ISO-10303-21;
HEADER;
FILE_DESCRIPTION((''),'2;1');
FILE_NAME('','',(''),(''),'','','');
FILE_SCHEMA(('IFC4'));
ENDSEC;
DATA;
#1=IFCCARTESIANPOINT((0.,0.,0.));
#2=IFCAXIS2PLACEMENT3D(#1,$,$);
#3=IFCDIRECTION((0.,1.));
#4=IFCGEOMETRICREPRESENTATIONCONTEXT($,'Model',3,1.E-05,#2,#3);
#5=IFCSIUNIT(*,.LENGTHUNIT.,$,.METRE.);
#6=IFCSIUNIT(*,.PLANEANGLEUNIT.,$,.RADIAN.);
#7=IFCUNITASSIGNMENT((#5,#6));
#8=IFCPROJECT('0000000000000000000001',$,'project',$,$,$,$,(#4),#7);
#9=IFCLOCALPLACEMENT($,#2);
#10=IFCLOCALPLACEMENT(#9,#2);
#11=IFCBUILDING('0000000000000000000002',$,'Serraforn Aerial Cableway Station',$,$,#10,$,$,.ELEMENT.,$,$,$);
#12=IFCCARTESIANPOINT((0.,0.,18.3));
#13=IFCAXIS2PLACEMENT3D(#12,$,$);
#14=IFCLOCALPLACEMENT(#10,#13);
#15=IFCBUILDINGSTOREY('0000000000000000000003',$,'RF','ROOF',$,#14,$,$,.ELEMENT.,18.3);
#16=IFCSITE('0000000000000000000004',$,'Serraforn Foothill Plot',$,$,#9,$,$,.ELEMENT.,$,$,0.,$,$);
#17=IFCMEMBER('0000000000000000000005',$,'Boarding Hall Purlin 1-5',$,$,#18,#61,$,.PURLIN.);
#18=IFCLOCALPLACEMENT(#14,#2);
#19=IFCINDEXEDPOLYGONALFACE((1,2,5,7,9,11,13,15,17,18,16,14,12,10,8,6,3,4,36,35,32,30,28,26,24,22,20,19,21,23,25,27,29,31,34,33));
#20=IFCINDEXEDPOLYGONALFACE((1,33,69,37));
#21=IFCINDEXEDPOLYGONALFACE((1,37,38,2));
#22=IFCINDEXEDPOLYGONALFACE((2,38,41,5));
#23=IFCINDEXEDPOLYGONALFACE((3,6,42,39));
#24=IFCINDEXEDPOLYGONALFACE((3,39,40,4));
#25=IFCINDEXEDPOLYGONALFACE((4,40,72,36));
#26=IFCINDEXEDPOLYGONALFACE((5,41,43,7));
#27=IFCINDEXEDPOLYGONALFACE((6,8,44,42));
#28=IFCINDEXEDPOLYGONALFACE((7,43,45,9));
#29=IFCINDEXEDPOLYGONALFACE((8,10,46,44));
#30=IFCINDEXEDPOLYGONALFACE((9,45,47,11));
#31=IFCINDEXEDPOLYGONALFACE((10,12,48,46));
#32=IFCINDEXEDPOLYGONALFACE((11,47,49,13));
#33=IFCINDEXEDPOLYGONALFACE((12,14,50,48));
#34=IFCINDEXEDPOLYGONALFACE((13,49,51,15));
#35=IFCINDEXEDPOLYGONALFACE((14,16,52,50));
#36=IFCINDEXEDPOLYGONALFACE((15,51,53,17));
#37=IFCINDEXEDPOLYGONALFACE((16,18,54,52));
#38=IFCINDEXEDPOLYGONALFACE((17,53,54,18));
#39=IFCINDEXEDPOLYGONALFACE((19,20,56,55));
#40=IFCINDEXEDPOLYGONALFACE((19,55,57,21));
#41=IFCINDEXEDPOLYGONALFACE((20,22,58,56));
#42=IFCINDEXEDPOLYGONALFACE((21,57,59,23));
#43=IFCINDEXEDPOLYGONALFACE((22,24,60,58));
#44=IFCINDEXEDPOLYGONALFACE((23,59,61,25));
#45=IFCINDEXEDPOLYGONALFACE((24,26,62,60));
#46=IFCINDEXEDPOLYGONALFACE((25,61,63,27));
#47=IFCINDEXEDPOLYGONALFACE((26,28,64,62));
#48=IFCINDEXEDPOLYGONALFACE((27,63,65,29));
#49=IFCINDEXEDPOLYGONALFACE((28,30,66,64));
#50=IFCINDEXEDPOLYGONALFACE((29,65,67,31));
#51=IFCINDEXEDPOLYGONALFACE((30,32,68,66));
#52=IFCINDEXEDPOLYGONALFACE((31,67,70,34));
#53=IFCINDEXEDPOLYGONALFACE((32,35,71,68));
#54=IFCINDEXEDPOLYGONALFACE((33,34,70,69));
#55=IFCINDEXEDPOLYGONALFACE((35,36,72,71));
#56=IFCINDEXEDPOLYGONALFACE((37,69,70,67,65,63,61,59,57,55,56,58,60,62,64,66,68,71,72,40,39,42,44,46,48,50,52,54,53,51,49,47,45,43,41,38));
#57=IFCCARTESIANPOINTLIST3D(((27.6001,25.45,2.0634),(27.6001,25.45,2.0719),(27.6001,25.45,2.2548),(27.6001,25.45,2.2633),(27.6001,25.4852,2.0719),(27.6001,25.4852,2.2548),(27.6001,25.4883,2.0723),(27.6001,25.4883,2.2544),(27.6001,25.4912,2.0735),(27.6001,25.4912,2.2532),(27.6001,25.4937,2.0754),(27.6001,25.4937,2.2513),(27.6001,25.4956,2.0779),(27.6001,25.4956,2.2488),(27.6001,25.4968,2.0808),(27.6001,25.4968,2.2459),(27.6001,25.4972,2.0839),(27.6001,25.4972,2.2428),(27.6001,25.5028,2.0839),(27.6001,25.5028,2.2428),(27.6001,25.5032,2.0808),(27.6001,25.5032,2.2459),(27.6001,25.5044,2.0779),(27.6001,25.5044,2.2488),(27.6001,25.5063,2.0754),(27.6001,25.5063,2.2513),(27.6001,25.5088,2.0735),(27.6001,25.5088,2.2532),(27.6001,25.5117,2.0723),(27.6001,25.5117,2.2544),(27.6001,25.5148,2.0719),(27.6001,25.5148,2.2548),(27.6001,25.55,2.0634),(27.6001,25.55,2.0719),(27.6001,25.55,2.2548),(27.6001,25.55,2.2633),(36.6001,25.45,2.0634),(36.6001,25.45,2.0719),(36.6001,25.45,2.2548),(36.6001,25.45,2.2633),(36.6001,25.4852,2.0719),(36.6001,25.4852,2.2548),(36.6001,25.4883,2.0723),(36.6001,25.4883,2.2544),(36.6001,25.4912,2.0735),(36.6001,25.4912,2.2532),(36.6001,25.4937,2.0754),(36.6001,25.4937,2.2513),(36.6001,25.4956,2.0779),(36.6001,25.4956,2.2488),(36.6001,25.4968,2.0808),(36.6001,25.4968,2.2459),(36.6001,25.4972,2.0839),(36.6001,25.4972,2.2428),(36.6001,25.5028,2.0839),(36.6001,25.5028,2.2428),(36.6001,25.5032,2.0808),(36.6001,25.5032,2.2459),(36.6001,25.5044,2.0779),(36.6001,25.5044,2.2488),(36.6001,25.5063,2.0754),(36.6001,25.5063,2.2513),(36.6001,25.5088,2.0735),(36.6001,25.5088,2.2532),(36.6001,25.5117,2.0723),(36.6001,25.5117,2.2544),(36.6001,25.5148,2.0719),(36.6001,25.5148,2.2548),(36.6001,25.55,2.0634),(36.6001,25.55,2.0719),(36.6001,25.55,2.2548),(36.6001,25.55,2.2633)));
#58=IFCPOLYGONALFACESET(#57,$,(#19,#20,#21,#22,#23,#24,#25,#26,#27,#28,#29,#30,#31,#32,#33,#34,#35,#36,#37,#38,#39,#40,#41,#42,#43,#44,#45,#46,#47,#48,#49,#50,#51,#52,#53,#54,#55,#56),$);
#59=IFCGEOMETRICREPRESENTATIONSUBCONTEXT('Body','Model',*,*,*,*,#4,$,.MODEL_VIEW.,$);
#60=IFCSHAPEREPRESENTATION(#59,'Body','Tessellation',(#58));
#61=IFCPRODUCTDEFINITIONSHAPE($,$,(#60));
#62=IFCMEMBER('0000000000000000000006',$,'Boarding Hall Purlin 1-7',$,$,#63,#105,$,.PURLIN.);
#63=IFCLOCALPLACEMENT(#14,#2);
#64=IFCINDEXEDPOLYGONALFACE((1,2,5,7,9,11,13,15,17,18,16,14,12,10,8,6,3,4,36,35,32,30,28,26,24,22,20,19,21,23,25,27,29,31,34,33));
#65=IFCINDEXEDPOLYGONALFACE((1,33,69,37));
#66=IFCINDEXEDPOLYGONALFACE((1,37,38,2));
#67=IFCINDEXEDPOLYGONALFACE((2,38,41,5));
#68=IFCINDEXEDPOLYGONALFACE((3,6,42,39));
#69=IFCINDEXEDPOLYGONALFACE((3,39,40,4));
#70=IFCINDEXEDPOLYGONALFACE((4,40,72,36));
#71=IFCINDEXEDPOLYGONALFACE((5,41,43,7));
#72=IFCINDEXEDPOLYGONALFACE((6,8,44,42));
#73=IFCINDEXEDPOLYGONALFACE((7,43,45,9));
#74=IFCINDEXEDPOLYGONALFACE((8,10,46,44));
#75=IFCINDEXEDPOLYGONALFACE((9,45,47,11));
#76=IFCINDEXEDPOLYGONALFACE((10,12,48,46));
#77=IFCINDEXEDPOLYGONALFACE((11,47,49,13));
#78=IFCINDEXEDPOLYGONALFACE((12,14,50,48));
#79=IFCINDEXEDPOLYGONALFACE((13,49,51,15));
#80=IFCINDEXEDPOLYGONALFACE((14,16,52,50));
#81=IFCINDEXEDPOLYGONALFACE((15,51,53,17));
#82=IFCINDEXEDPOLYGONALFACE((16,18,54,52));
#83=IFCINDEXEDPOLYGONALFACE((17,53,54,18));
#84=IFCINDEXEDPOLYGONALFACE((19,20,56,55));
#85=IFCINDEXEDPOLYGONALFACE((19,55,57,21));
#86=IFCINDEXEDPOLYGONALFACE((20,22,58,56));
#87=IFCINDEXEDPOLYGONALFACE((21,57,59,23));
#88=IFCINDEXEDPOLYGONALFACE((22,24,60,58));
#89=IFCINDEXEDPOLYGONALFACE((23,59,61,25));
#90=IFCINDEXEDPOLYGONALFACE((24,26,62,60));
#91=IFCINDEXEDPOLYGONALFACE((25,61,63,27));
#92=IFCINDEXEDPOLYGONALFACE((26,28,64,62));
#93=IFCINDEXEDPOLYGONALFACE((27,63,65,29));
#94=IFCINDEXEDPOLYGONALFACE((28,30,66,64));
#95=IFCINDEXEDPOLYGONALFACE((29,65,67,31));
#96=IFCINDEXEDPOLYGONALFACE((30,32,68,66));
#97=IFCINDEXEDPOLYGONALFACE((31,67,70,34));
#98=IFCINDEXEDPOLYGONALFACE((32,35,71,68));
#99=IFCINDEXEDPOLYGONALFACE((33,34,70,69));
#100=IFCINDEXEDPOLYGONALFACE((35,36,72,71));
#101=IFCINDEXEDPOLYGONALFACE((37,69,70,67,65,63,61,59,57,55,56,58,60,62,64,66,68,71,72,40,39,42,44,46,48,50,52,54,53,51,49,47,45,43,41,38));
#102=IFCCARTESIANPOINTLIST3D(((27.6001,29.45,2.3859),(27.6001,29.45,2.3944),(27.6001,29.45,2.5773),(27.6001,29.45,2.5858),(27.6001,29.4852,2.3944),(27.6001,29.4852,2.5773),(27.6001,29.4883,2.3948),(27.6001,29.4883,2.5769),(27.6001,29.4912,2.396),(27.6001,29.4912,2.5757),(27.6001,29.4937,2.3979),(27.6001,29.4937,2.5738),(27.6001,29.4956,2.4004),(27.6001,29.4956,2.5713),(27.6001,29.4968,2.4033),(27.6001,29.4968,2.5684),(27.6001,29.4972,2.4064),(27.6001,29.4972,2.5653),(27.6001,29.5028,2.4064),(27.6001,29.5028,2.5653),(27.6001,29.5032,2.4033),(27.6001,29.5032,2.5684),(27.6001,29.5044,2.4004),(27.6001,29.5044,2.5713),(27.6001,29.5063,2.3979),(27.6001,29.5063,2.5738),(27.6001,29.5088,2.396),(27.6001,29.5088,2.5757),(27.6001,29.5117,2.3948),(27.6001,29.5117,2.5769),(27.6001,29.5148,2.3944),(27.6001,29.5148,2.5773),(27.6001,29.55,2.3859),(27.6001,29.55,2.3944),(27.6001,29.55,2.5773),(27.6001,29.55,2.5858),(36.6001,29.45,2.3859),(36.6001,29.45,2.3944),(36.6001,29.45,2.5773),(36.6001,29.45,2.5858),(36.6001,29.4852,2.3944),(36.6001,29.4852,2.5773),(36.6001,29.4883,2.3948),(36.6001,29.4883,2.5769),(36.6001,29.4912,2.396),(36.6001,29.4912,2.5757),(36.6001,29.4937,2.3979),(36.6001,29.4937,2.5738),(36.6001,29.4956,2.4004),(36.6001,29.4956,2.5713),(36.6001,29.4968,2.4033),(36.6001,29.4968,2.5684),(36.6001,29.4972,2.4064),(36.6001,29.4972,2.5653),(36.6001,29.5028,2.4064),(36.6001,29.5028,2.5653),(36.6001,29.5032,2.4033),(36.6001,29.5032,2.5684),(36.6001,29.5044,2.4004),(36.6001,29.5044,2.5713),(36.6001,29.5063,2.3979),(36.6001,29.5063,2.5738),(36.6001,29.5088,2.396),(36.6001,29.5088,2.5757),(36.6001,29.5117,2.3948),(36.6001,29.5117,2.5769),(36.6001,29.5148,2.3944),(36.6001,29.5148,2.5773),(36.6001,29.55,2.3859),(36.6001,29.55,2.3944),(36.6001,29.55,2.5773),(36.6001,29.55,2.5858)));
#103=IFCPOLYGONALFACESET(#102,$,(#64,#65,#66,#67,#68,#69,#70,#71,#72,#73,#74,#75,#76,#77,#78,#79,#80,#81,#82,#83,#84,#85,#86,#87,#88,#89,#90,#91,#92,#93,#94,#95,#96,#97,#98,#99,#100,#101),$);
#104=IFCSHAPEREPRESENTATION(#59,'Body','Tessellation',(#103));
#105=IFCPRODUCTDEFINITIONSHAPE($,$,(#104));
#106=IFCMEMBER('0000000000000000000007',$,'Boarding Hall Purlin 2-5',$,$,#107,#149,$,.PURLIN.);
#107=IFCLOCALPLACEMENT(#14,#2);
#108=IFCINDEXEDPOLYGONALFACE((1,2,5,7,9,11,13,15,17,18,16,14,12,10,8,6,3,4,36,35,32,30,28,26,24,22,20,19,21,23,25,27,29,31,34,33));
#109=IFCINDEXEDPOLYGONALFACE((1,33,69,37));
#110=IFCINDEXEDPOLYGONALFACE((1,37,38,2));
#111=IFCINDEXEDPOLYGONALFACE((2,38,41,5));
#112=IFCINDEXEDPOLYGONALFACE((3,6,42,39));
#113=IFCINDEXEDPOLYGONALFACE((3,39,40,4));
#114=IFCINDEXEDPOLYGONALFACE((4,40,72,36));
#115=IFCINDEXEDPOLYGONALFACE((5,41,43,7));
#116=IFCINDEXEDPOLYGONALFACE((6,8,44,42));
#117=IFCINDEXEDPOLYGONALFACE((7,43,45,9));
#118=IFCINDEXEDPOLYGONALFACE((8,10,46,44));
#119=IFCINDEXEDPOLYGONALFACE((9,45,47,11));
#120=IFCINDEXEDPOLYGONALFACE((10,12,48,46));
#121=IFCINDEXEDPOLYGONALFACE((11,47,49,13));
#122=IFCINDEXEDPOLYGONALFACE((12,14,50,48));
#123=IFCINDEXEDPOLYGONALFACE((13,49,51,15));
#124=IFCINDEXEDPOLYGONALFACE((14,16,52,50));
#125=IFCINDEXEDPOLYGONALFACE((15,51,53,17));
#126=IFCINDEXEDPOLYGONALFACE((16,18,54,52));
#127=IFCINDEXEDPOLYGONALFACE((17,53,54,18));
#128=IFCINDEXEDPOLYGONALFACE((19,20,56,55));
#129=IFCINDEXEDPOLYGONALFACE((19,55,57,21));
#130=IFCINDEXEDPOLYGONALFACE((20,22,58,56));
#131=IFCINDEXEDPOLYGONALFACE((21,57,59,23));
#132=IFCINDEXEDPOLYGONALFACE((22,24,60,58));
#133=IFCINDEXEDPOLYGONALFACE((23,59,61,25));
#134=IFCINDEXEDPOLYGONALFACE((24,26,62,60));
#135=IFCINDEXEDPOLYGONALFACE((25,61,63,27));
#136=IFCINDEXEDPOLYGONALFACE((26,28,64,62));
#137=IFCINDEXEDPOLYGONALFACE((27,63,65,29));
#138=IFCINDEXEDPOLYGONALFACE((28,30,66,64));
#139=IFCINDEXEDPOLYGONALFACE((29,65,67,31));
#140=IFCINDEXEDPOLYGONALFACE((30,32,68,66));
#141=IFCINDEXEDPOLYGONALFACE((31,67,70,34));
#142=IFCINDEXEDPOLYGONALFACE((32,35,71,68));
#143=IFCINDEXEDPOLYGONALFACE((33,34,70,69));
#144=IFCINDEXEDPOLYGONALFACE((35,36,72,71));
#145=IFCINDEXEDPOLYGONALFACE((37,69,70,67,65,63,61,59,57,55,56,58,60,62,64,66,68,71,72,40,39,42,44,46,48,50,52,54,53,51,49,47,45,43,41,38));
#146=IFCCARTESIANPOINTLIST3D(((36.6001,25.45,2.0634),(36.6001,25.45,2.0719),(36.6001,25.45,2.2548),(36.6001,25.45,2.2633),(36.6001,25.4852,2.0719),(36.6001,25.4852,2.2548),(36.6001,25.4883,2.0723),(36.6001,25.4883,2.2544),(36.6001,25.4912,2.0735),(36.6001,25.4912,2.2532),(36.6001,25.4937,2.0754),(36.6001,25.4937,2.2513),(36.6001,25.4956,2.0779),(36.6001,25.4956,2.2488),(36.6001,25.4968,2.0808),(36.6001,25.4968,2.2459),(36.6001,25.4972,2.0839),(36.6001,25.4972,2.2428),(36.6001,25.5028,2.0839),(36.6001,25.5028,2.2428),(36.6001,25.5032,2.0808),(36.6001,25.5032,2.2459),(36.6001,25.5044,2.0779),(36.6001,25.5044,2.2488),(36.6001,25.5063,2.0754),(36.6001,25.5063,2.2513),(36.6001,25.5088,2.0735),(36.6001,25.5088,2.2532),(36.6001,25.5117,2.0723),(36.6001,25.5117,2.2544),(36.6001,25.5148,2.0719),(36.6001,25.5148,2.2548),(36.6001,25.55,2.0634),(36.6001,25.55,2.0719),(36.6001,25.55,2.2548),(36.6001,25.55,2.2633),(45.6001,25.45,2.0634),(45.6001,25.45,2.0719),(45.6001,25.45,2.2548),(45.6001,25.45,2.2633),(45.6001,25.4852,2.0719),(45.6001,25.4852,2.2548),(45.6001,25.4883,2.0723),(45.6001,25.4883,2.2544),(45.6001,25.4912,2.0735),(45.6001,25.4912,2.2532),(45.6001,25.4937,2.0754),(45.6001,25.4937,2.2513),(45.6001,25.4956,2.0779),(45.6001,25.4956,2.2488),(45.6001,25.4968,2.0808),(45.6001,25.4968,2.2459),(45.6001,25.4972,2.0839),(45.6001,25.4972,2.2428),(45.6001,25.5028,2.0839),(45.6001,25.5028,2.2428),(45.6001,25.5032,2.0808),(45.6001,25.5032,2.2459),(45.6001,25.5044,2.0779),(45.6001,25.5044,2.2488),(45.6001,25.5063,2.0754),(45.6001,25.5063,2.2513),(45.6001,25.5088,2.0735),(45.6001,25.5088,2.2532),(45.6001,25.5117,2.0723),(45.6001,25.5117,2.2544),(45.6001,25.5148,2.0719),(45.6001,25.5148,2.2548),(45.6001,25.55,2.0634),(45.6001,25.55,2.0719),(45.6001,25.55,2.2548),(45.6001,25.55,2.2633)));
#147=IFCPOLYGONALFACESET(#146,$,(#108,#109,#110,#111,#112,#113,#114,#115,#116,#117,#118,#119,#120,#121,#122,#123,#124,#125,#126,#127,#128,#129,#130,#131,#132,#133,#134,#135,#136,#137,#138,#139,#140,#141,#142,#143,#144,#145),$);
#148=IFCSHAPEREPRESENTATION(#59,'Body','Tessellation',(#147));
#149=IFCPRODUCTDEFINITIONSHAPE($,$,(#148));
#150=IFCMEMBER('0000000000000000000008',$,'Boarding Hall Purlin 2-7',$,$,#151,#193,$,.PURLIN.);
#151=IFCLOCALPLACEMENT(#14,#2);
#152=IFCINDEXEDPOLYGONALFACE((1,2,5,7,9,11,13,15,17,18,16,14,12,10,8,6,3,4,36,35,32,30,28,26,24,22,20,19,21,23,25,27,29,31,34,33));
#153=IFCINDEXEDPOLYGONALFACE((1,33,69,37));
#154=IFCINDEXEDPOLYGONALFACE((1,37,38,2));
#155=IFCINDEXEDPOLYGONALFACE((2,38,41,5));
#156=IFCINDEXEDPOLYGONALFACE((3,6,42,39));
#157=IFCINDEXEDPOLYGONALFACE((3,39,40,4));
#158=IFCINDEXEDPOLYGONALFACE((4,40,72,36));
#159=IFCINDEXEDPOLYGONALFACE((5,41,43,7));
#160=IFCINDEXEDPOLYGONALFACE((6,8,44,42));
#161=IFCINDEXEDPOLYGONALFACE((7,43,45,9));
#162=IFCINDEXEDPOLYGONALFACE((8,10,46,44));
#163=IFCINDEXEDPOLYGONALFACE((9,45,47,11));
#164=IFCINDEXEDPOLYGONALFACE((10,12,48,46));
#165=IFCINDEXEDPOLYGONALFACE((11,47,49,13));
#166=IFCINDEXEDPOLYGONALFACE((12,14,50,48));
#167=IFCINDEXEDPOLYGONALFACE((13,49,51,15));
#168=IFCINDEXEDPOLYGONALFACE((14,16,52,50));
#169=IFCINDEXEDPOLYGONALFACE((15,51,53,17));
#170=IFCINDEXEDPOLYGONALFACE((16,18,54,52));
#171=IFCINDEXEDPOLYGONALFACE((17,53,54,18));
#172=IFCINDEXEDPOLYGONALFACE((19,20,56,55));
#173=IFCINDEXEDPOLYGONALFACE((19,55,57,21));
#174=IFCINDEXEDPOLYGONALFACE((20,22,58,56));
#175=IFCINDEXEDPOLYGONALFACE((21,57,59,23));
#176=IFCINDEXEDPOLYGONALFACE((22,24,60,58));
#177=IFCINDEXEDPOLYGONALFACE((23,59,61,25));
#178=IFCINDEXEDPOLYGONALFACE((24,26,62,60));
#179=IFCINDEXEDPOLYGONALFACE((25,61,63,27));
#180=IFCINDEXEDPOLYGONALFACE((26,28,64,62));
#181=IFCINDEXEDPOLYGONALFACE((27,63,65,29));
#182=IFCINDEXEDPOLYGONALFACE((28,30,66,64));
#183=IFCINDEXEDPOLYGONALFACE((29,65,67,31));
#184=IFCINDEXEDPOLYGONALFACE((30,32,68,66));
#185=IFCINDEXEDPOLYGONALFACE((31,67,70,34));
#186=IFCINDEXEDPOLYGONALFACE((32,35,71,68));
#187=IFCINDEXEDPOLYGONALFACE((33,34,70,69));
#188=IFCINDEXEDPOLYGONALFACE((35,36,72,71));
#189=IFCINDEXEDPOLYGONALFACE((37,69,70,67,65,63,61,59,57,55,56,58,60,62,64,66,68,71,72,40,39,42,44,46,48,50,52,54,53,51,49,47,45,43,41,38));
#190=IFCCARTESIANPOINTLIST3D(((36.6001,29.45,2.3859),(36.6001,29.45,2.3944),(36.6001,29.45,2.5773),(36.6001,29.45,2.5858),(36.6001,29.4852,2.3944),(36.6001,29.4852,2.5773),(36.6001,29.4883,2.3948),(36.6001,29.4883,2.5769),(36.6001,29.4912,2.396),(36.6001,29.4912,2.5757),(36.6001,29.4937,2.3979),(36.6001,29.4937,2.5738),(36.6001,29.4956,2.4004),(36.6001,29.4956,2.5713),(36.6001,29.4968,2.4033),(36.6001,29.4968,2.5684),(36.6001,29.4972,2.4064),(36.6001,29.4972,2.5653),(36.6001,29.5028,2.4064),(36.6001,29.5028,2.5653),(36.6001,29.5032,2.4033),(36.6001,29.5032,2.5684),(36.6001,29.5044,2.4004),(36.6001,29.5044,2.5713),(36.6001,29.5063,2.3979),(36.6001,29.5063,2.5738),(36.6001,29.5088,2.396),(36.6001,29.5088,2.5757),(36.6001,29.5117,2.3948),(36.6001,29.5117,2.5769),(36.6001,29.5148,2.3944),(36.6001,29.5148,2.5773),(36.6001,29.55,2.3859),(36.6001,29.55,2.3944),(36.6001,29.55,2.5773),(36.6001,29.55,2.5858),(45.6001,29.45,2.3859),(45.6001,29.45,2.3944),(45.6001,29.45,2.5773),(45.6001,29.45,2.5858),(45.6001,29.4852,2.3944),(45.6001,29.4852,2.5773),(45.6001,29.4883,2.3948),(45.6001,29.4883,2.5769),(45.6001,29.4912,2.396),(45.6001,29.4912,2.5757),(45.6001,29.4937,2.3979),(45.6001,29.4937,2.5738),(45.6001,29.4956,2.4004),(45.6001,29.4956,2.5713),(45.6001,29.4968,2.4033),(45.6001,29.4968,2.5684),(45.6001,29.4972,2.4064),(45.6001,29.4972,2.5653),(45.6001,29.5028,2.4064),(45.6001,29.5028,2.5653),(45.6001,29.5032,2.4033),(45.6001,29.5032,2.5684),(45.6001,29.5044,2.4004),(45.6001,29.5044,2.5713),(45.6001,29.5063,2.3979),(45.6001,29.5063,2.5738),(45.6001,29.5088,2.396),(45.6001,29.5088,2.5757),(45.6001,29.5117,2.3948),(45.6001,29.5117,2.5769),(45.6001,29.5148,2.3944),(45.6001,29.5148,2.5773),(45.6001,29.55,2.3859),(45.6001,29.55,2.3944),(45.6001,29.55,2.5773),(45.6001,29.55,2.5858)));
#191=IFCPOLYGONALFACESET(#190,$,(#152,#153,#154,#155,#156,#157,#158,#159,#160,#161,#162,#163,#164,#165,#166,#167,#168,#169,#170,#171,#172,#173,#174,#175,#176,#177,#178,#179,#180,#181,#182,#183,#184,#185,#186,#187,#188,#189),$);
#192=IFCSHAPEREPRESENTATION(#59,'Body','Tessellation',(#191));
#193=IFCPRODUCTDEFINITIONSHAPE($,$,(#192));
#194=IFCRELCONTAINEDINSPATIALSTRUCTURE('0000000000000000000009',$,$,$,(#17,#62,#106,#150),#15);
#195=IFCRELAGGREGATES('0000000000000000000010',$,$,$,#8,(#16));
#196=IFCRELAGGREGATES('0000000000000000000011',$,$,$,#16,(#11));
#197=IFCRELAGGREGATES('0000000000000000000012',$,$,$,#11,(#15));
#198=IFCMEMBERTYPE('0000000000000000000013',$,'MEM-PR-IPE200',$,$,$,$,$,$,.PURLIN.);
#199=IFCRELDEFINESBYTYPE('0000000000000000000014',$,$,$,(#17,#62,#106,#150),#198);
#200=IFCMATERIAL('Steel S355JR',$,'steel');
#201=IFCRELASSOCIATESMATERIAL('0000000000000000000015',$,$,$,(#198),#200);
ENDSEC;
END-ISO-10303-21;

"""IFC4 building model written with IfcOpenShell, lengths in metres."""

from ifc_helpers import new_model, si_unit, direction, frame, origin, origin_2d, place, context, subcontext, project, spatial, i_section, extrude, material, material_profile, profile_set, type_object, element, save


model = new_model("IFC4")

# Units and contexts
model_context = context("Model", 3, precision=1e-05, world=origin(), true_north=direction((0.0, 1.0)))
body_context = subcontext(model_context, "Body", "Model", "MODEL_VIEW")
ifc_project = project(units=[si_unit("LENGTHUNIT", "METRE"), si_unit("PLANEANGLEUNIT", "RADIAN")], contexts=[model_context])

# Site, building, storey
site_placement = place(None, origin())
site = spatial("IfcSite", under=ifc_project, at=site_placement, Name="Serraforn Foothill Plot", CompositionType="ELEMENT", RefElevation=0.0)
building_placement = place(site_placement, origin())
building = spatial("IfcBuilding", under=site, at=building_placement, Name="Serraforn Aerial Cableway Station", CompositionType="ELEMENT")
storey_placement = place(building_placement, frame((0.0, 0.0, 18.3)))
storey = spatial("IfcBuildingStorey", under=building, at=storey_placement, Name="RF", Description="ROOF", CompositionType="ELEMENT", Elevation=18.3)

# Members
ifc_material_1 = material(Name="Steel S355JR", Category="steel")
ifc_material_profile_1 = material_profile(ifc_material_1, i_section(OverallWidth=0.1001, OverallDepth=0.2, WebThickness=0.0056, FlangeThickness=0.0085, FilletRadius=0.012, at=origin_2d()), Name="IPE 200")
ifc_profile_set_1 = profile_set([ifc_material_profile_1], Name="Steel S355JR")
member_type_1 = type_object("IfcMemberType", Name="MEM-PR-IPE200", PredefinedType="PURLIN", material=ifc_profile_set_1)
for number, where, z_axis, x_axis, name in (
    (1, (27.6001, 25.5, 2.1633), (1.0, 0.0, 0.0), (0.0, 1.0, 0.0), "Boarding Hall Purlin 1-5"),
    (2, (27.6001, 29.5, 2.4858), (1.0, 0.0, 0.0), (0.0, 1.0, 0.0), "Boarding Hall Purlin 1-7"),
    (3, (36.6001, 25.5, 2.1633), (1.0, 0.0, 0.0), (0.0, 1.0, 0.0), "Boarding Hall Purlin 2-5"),
    (4, (36.6001, 29.5, 2.4858), (1.0, 0.0, 0.0), (0.0, 1.0, 0.0), "Boarding Hall Purlin 2-7"),
):
    element("IfcMember", number, at=place(storey_placement, frame(where, z_axis=z_axis, x_axis=x_axis)), inside=storey, type_object=member_type_1, Name=name, PredefinedType="PURLIN", context=body_context, shape_type="SweptSolid", body=[
        extrude(i_section(OverallWidth=0.1001, OverallDepth=0.2, WebThickness=0.0056, FlangeThickness=0.0085, FilletRadius=0.012, at=origin_2d()), origin(), (0.0, 0.0, 1.0), 9.0),
    ])

save(model, "model.ifc")
